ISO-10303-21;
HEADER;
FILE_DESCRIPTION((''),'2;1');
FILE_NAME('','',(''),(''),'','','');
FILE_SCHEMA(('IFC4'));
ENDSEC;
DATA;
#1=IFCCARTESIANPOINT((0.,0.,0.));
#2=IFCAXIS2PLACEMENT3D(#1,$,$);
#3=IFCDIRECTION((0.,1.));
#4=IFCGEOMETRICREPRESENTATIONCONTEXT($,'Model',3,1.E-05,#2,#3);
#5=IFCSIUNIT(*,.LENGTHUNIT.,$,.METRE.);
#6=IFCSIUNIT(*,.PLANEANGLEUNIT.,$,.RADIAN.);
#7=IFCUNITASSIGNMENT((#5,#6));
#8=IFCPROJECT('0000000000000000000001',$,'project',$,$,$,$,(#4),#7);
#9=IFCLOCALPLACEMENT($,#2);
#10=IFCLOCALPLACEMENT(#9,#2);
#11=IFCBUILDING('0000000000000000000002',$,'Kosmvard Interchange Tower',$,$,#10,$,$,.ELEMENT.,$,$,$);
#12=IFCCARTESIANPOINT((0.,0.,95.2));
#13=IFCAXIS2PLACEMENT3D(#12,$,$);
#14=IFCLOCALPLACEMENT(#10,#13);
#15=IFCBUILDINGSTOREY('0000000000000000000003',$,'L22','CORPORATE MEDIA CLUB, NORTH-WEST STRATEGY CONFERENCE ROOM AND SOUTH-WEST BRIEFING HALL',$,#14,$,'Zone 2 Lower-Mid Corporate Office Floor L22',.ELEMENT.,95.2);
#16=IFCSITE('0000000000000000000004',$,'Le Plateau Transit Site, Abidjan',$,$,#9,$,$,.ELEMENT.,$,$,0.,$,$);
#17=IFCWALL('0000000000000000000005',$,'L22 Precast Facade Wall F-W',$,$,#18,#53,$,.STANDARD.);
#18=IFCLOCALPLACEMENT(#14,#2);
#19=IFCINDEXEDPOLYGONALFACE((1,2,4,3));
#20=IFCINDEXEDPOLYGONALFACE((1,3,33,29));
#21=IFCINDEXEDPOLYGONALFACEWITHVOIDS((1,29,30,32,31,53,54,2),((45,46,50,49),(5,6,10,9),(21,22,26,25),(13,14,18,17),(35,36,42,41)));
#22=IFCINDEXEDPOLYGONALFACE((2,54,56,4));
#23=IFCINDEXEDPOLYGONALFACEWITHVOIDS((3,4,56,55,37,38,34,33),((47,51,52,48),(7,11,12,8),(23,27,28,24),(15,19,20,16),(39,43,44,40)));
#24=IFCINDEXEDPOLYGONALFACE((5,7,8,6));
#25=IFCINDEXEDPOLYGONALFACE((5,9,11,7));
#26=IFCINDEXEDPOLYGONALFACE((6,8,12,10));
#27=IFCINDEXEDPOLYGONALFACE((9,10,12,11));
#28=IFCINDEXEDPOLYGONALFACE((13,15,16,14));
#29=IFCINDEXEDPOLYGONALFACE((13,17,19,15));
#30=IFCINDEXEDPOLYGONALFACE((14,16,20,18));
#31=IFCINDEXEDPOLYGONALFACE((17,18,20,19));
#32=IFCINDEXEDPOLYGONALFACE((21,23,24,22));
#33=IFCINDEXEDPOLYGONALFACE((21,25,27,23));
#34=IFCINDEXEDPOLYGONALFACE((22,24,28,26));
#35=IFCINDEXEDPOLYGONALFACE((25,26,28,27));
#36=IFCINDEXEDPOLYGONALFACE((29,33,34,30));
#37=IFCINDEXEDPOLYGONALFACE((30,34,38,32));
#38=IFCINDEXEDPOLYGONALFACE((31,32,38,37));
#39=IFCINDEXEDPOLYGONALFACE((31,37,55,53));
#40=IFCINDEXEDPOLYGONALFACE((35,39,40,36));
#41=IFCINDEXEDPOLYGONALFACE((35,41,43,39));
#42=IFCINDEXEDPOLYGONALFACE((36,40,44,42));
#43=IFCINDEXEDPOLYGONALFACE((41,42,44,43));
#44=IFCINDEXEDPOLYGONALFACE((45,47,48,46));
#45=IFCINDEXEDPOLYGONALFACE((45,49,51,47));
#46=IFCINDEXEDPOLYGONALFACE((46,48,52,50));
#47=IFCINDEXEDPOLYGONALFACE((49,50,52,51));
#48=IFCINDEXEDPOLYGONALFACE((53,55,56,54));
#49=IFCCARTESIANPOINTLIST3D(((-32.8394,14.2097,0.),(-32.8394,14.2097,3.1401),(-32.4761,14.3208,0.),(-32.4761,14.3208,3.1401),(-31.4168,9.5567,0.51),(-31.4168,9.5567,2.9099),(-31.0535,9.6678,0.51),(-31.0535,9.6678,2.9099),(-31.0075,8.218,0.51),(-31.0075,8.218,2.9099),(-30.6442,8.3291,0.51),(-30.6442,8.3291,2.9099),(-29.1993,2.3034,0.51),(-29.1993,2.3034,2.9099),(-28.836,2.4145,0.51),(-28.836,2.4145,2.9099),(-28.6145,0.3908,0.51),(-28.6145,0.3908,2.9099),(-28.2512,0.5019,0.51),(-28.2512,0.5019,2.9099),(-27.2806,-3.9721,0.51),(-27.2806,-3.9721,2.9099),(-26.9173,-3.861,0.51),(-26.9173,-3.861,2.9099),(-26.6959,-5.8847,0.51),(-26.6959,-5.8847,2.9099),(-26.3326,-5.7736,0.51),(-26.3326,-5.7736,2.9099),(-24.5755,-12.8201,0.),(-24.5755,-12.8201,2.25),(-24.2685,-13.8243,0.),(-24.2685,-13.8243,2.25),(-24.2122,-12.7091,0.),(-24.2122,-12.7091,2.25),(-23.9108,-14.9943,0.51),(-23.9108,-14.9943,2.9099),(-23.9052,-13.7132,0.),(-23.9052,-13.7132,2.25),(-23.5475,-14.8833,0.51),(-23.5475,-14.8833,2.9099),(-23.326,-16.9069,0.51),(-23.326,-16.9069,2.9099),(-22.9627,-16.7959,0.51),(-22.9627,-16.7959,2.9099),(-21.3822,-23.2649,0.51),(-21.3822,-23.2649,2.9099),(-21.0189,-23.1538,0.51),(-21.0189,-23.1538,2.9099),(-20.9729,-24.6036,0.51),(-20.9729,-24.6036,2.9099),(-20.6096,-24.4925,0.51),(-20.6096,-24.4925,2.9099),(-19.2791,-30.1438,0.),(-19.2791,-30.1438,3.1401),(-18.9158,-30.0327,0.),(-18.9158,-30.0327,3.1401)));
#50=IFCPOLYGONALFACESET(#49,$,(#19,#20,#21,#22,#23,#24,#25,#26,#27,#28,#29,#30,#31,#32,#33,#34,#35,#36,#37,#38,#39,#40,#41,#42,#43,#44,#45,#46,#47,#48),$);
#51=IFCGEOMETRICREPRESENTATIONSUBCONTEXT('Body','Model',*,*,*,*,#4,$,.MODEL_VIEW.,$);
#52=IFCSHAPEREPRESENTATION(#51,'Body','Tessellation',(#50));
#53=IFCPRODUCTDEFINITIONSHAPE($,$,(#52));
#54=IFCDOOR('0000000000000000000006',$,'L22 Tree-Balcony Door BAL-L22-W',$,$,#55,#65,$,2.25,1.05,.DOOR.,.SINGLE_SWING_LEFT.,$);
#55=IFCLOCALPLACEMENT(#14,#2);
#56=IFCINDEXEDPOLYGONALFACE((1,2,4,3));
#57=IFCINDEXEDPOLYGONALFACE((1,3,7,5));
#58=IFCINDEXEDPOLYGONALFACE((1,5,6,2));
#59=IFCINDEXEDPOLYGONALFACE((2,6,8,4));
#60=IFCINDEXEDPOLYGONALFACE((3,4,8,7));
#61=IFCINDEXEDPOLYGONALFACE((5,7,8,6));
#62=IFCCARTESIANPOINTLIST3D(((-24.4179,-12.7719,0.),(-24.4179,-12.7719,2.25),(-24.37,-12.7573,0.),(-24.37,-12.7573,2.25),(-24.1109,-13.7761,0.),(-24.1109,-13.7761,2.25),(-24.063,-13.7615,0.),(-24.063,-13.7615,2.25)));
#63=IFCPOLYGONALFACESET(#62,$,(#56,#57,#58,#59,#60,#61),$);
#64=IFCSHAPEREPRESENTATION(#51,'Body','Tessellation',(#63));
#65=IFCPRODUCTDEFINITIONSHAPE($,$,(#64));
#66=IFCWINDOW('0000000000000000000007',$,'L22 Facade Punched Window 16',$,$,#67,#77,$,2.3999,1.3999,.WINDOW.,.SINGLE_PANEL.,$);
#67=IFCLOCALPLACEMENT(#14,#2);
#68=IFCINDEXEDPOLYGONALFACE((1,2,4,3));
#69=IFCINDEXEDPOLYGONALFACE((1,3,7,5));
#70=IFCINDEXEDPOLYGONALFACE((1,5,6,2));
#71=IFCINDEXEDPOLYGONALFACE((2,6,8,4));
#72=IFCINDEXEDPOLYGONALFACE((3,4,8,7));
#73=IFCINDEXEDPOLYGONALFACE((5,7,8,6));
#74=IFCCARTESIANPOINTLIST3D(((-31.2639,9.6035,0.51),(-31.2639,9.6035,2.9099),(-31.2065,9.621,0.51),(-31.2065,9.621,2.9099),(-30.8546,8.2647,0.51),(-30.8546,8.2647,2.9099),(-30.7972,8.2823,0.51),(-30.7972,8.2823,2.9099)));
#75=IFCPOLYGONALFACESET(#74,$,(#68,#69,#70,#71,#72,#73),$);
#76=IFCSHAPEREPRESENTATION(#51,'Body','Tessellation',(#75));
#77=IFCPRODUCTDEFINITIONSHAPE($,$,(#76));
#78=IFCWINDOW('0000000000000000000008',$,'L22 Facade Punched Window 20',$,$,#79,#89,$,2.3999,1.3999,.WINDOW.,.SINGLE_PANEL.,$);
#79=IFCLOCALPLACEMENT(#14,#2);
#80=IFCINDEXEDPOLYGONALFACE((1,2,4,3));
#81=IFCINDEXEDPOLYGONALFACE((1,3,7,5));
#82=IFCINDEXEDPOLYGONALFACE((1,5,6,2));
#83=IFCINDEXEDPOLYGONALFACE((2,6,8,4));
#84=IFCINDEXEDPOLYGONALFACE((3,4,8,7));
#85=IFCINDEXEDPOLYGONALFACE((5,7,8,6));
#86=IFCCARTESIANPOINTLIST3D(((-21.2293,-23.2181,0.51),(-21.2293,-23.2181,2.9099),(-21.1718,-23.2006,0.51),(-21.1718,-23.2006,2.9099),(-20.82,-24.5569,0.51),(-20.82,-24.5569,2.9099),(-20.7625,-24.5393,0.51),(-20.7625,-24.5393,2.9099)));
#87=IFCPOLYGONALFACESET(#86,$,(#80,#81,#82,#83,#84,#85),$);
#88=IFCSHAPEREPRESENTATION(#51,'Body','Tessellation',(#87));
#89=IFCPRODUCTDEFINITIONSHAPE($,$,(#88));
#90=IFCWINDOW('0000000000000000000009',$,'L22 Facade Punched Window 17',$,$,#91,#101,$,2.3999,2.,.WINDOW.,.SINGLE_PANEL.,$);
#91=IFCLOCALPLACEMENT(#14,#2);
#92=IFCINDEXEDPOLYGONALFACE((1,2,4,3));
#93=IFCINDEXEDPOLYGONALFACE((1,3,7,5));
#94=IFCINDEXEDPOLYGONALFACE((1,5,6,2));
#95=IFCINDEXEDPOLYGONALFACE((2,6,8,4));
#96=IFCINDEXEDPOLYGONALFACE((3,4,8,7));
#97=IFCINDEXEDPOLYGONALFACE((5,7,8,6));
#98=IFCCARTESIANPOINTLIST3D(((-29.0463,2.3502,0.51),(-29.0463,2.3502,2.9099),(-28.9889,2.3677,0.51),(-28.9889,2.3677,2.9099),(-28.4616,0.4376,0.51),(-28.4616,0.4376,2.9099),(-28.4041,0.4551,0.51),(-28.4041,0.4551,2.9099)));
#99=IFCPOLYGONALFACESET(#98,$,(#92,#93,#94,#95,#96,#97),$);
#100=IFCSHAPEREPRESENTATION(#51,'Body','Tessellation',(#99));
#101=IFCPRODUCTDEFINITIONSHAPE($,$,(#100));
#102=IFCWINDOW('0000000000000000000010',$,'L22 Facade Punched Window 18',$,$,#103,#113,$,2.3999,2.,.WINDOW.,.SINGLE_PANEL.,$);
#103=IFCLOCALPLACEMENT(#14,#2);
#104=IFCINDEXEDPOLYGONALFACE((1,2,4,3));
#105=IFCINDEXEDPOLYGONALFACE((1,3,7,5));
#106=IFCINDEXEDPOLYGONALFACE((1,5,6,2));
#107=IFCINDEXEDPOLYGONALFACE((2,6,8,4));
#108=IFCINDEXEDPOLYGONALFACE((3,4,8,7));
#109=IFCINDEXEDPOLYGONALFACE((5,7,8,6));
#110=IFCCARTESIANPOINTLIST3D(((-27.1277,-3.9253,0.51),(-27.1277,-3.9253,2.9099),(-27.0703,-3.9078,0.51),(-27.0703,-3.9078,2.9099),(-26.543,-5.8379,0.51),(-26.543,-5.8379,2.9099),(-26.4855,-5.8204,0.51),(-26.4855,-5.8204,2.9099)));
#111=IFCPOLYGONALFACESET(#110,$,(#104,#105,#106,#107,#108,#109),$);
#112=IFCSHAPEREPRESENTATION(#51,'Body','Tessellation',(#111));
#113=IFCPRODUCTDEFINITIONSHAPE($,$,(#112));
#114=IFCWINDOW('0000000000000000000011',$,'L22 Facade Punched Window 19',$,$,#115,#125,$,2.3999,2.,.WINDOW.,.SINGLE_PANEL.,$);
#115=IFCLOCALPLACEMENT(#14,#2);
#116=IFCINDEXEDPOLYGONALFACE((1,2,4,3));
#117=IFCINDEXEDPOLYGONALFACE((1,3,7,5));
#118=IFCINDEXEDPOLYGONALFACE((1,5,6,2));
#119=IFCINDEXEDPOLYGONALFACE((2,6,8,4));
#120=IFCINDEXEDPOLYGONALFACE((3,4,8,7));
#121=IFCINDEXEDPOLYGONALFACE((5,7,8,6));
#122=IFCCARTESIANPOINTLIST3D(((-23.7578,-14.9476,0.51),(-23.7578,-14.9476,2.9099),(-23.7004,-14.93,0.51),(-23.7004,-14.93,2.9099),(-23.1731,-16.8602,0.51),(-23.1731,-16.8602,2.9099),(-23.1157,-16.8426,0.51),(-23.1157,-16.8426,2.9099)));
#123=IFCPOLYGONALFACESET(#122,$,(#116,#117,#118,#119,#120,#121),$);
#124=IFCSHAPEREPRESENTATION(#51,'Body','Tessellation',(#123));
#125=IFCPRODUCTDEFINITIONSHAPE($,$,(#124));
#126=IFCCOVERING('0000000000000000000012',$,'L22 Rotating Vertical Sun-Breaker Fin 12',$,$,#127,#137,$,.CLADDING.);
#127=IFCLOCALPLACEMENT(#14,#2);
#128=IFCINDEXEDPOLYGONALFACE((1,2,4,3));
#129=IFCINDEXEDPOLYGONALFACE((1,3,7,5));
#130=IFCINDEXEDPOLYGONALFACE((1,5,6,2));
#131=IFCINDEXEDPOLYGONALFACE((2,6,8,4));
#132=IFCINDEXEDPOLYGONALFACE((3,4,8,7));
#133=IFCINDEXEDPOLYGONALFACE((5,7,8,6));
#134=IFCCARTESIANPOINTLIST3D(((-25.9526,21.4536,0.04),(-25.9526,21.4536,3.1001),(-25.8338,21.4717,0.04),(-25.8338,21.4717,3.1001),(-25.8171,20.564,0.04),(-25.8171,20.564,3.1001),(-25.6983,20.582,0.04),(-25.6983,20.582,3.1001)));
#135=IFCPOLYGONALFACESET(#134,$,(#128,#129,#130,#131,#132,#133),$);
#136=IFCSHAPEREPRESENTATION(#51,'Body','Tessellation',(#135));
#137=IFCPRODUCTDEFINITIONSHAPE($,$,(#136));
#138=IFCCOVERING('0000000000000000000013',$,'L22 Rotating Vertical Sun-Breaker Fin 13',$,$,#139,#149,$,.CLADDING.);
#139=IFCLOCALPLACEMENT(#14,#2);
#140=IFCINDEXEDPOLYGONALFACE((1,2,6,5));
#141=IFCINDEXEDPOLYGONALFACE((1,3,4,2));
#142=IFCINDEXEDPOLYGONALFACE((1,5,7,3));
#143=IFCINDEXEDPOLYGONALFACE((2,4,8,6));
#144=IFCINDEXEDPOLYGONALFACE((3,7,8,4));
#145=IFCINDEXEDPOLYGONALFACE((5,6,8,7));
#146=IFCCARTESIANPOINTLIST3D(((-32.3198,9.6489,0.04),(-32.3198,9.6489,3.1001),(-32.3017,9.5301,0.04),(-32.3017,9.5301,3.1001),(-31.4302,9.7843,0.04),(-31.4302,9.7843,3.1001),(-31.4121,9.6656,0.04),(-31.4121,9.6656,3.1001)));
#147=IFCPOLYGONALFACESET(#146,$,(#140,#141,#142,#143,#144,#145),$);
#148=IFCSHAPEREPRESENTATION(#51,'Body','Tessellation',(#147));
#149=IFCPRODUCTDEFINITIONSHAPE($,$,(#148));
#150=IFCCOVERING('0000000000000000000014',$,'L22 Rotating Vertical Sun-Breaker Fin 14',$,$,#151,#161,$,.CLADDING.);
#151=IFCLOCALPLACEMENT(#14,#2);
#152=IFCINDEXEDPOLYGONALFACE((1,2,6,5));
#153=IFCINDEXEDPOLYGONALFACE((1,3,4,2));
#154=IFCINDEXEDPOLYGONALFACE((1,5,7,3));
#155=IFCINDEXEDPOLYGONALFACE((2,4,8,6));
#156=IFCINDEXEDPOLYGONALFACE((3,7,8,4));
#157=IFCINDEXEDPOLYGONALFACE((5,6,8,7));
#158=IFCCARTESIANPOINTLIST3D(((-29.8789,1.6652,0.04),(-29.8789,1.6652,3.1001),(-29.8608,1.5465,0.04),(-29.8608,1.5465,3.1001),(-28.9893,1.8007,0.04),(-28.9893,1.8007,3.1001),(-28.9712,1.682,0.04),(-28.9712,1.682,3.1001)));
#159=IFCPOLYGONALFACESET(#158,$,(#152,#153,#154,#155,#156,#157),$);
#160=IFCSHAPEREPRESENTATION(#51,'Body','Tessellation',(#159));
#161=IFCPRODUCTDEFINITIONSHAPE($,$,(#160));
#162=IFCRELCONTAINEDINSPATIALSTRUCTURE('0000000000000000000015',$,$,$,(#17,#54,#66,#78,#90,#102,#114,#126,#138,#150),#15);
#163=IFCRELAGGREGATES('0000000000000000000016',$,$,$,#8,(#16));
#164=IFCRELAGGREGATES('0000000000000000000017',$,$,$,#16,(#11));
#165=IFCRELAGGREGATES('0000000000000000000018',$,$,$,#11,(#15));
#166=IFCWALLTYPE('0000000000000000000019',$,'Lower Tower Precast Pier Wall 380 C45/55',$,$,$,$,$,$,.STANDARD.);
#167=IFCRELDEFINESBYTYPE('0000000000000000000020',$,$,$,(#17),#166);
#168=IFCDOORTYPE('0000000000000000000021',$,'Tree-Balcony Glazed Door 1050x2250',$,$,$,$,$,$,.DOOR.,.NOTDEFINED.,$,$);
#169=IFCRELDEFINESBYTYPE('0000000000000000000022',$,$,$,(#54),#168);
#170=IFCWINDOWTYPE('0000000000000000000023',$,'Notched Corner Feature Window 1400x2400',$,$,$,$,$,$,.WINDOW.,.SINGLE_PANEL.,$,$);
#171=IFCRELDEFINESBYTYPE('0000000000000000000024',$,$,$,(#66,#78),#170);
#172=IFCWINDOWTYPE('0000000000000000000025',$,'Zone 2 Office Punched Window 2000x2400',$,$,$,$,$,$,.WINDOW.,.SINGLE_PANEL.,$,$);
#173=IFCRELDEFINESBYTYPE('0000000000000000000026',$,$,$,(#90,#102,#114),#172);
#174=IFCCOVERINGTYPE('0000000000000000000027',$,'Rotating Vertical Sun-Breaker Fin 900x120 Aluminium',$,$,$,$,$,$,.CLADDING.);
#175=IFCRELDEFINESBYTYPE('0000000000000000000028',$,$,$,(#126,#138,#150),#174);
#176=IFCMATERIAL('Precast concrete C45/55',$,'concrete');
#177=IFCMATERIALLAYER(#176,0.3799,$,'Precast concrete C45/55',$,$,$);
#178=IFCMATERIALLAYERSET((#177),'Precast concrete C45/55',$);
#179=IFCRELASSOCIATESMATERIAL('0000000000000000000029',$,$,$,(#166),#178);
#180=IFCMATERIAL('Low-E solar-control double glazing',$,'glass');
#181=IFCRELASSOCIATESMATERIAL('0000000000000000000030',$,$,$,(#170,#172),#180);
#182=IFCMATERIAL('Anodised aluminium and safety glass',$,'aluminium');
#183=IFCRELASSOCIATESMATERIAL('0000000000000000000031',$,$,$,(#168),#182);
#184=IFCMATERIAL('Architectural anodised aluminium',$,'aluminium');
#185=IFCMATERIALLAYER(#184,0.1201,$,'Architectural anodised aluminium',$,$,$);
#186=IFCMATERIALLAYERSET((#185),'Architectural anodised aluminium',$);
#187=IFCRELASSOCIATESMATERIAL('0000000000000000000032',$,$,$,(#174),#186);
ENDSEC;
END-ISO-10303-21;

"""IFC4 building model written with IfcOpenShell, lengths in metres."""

from ifc_helpers import new_model, si_unit, direction, frame, frame_2d, origin, origin_2d, place, context, subcontext, project, spatial, rectangle, extrude, source, transform, mapped, material, layer, layer_set, type_object, element, fill, save


model = new_model("IFC4")

# Units and contexts
model_context = context("Model", 3, precision=1e-05, world=origin(), true_north=direction((0.0, 1.0)))
body_context = subcontext(model_context, "Body", "Model", "MODEL_VIEW")
ifc_project = project(units=[si_unit("LENGTHUNIT", "METRE"), si_unit("PLANEANGLEUNIT", "RADIAN")], contexts=[model_context])

# Site, building, storey
site_placement = place(None, origin())
site = spatial("IfcSite", under=ifc_project, at=site_placement, Name="Le Plateau Transit Site, Abidjan", CompositionType="ELEMENT", RefElevation=0.0)
building_placement = place(site_placement, origin())
building = spatial("IfcBuilding", under=site, at=building_placement, Name="Kosmvard Interchange Tower", CompositionType="ELEMENT")
storey_placement = place(building_placement, frame((0.0, 0.0, 95.2)))
storey = spatial("IfcBuildingStorey", under=building, at=storey_placement, Name="L22", Description="CORPORATE MEDIA CLUB, NORTH-WEST STRATEGY CONFERENCE ROOM AND SOUTH-WEST BRIEFING HALL", LongName="Zone 2 Lower-Mid Corporate Office Floor L22", CompositionType="ELEMENT", Elevation=95.2)

# Shared definitions
ifc_material_1 = material(Name="Precast concrete C45/55", Category="concrete")

# Shared definitions
ifc_layer_1 = layer(ifc_material_1, 0.3799, Name="Precast concrete C45/55")
ifc_layer_set_1 = layer_set([ifc_layer_1], Name="Precast concrete C45/55")
wall_type = type_object("IfcWallType", Name="Lower Tower Precast Pier Wall 380 C45/55", PredefinedType="STANDARD", material=ifc_layer_set_1)

# Shared definitions
ifc_material_2 = material(Name="Low-E solar-control double glazing", Category="glass")
window_type_1 = type_object("IfcWindowType", Name="Notched Corner Feature Window 1400x2400", PartitioningType="SINGLE_PANEL", PredefinedType="WINDOW", material=ifc_material_2)
shared_shape_1 = source(origin(), body_context, "Body", "SweptSolid", [
    extrude(rectangle(XDim=1.3999, YDim=2.3999, at=frame_2d((0.7, 1.2))), frame((0.0, 0.03, 0.0), z_axis=(0.0, -1.0, 0.0), x_axis=(1.0, 0.0, 0.0)), (0.0, 0.0, 1.0), 0.0601),
])

# Wall, openings, door, windows
wall_1_placement = place(storey_placement, frame((-32.6577, 14.2651, 0.0), z_axis=(0.0, 0.0, 1.0), x_axis=(0.292373, -0.956304, 0.0)))
wall_1 = element("IfcWall", 1, at=wall_1_placement, inside=storey, type_object=wall_type, Name="L22 Precast Facade Wall F-W", PredefinedType="STANDARD", context=body_context, shape_type="SweptSolid", body=[
    extrude(rectangle(XDim=46.3801, YDim=0.3799, at=frame_2d((23.1899, 0.0))), origin(), (0.0, 0.0, 1.0), 3.1401),
])
opening_1_placement = place(wall_1_placement, frame((28.2649, 0.0, 0.0)))
opening_1 = element("IfcOpeningElement", 2, at=opening_1_placement, cuts=wall_1, PredefinedType="OPENING", context=body_context, shape_type="SweptSolid", body=[
    extrude(rectangle(XDim=1.05, YDim=2.25, at=frame_2d((0.5249, 1.125))), frame((0.0, 0.2, 0.0), z_axis=(0.0, -1.0, 0.0), x_axis=(1.0, 0.0, 0.0)), (0.0, 0.0, 1.0), 0.3999),
])
opening_2_placement = place(wall_1_placement, frame((4.8655, 0.0, 0.51)))
opening_2 = element("IfcOpeningElement", 3, at=opening_2_placement, cuts=wall_1, PredefinedType="OPENING", context=body_context, shape_type="SweptSolid", body=[
    extrude(rectangle(XDim=1.3999, YDim=2.3999, at=frame_2d((0.7, 1.2))), frame((0.0, 0.2, 0.0), z_axis=(0.0, -1.0, 0.0), x_axis=(1.0, 0.0, 0.0)), (0.0, 0.0, 1.0), 0.3999),
])
opening_3_placement = place(wall_1_placement, frame((12.4502, 0.0, 0.51)))
opening_3 = element("IfcOpeningElement", 4, at=opening_3_placement, cuts=wall_1, PredefinedType="OPENING", context=body_context, shape_type="SweptSolid", body=[
    extrude(rectangle(XDim=2.0, YDim=2.3999, at=frame_2d((1.0, 1.2))), frame((0.0, 0.2, 0.0), z_axis=(0.0, -1.0, 0.0), x_axis=(1.0, 0.0, 0.0)), (0.0, 0.0, 1.0), 0.3999),
])
opening_4_placement = place(wall_1_placement, frame((19.0125, 0.0, 0.51)))
opening_4 = element("IfcOpeningElement", 5, at=opening_4_placement, cuts=wall_1, PredefinedType="OPENING", context=body_context, shape_type="SweptSolid", body=[
    extrude(rectangle(XDim=2.0, YDim=2.3999, at=frame_2d((1.0, 1.2))), frame((0.0, 0.2, 0.0), z_axis=(0.0, -1.0, 0.0), x_axis=(1.0, 0.0, 0.0)), (0.0, 0.0, 1.0), 0.3999),
])
opening_5_placement = place(wall_1_placement, frame((30.5383, 0.0, 0.51)))
opening_5 = element("IfcOpeningElement", 6, at=opening_5_placement, cuts=wall_1, PredefinedType="OPENING", context=body_context, shape_type="SweptSolid", body=[
    extrude(rectangle(XDim=2.0, YDim=2.3999, at=frame_2d((1.0, 1.2))), frame((0.0, 0.2, 0.0), z_axis=(0.0, -1.0, 0.0), x_axis=(1.0, 0.0, 0.0)), (0.0, 0.0, 1.0), 0.3999),
])
opening_6_placement = place(wall_1_placement, frame((39.1868, 0.0, 0.51)))
opening_6 = element("IfcOpeningElement", 7, at=opening_6_placement, cuts=wall_1, PredefinedType="OPENING", context=body_context, shape_type="SweptSolid", body=[
    extrude(rectangle(XDim=1.3999, YDim=2.3999, at=frame_2d((0.7, 1.2))), frame((0.0, 0.2, 0.0), z_axis=(0.0, -1.0, 0.0), x_axis=(1.0, 0.0, 0.0)), (0.0, 0.0, 1.0), 0.3999),
])
ifc_material_3 = material(Name="Anodised aluminium and safety glass", Category="aluminium")
door_type = type_object("IfcDoorType", Name="Tree-Balcony Glazed Door 1050x2250", OperationType="NOTDEFINED", PredefinedType="DOOR", material=ifc_material_3)
shared_shape_2 = source(origin(), body_context, "Body", "SweptSolid", [
    extrude(rectangle(XDim=1.05, YDim=2.25, at=frame_2d((0.5249, 1.125))), frame((0.0, 0.0249, 0.0), z_axis=(0.0, -1.0, 0.0), x_axis=(1.0, 0.0, 0.0)), (0.0, 0.0, 1.0), 0.05),
])
door_placement = place(opening_1_placement, origin())
door = element("IfcDoor", 8, at=door_placement, inside=storey, type_object=door_type, Name="L22 Tree-Balcony Door BAL-L22-W", OperationType="SINGLE_SWING_LEFT", OverallHeight=2.25, OverallWidth=1.05, PredefinedType="DOOR", context=body_context, shape_type="MappedRepresentation", body=[
    mapped(shared_shape_2, transform((0.0, 0.0, 0.0), scale=1.0)),
])
fill(opening_1, door)
window_1_placement = place(opening_2_placement, origin())
window_1 = element("IfcWindow", 9, at=window_1_placement, inside=storey, type_object=window_type_1, Name="L22 Facade Punched Window 16", OverallHeight=2.3999, OverallWidth=1.3999, PartitioningType="SINGLE_PANEL", PredefinedType="WINDOW", context=body_context, shape_type="MappedRepresentation", body=[
    mapped(shared_shape_1, transform((0.0, 0.0, 0.0), scale=1.0)),
])
fill(opening_2, window_1)
window_2_placement = place(opening_6_placement, origin())
window_2 = element("IfcWindow", 10, at=window_2_placement, inside=storey, type_object=window_type_1, Name="L22 Facade Punched Window 20", OverallHeight=2.3999, OverallWidth=1.3999, PartitioningType="SINGLE_PANEL", PredefinedType="WINDOW", context=body_context, shape_type="MappedRepresentation", body=[
    mapped(shared_shape_1, transform((0.0, 0.0, 0.0), scale=1.0)),
])
fill(opening_6, window_2)
window_type_2 = type_object("IfcWindowType", Name="Zone 2 Office Punched Window 2000x2400", PartitioningType="SINGLE_PANEL", PredefinedType="WINDOW", material=ifc_material_2)
shared_shape_3 = source(origin(), body_context, "Body", "SweptSolid", [
    extrude(rectangle(XDim=2.0, YDim=2.3999, at=frame_2d((1.0, 1.2))), frame((0.0, 0.03, 0.0), z_axis=(0.0, -1.0, 0.0), x_axis=(1.0, 0.0, 0.0)), (0.0, 0.0, 1.0), 0.0601),
])
window_3_placement = place(opening_3_placement, origin())
window_3 = element("IfcWindow", 11, at=window_3_placement, inside=storey, type_object=window_type_2, Name="L22 Facade Punched Window 17", OverallHeight=2.3999, OverallWidth=2.0, PartitioningType="SINGLE_PANEL", PredefinedType="WINDOW", context=body_context, shape_type="MappedRepresentation", body=[
    mapped(shared_shape_3, transform((0.0, 0.0, 0.0), scale=1.0)),
])
fill(opening_3, window_3)
window_4_placement = place(opening_4_placement, origin())
window_4 = element("IfcWindow", 12, at=window_4_placement, inside=storey, type_object=window_type_2, Name="L22 Facade Punched Window 18", OverallHeight=2.3999, OverallWidth=2.0, PartitioningType="SINGLE_PANEL", PredefinedType="WINDOW", context=body_context, shape_type="MappedRepresentation", body=[
    mapped(shared_shape_3, transform((0.0, 0.0, 0.0), scale=1.0)),
])
fill(opening_4, window_4)
window_5_placement = place(opening_5_placement, origin())
window_5 = element("IfcWindow", 13, at=window_5_placement, inside=storey, type_object=window_type_2, Name="L22 Facade Punched Window 19", OverallHeight=2.3999, OverallWidth=2.0, PartitioningType="SINGLE_PANEL", PredefinedType="WINDOW", context=body_context, shape_type="MappedRepresentation", body=[
    mapped(shared_shape_3, transform((0.0, 0.0, 0.0), scale=1.0)),
])
fill(opening_5, window_5)

# Coverings
ifc_material_4 = material(Name="Architectural anodised aluminium", Category="aluminium")
ifc_layer_2 = layer(ifc_material_4, 0.1201, Name="Architectural anodised aluminium")
ifc_layer_set_2 = layer_set([ifc_layer_2], Name="Architectural anodised aluminium")
covering_type = type_object("IfcCoveringType", Name="Rotating Vertical Sun-Breaker Fin 900x120 Aluminium", PredefinedType="CLADDING", material=ifc_layer_set_2)
shared_shape_4 = source(origin(), body_context, "Body", "SweptSolid", [
    extrude(rectangle(XDim=0.8999, YDim=0.1201, at=origin_2d()), origin(), (0.0, 0.0, 1.0), 3.0601),
])
for number, where, z_axis, x_axis, name in (
    (14, (-25.8254, 21.0178, 0.04), (0.0, 0.0, 1.0), (-0.150571, 0.988599, 0.0), "L22 Rotating Vertical Sun-Breaker Fin 12"),
    (15, (-31.866, 9.6572, 0.04), (0.0, 0.0, 1.0), (-0.988599, -0.150571, 0.0), "L22 Rotating Vertical Sun-Breaker Fin 13"),
    (16, (-29.425, 1.6736, 0.04), (0.0, 0.0, 1.0), (-0.988599, -0.150571, 0.0), "L22 Rotating Vertical Sun-Breaker Fin 14"),
):
    element("IfcCovering", number, at=place(storey_placement, frame(where, z_axis=z_axis, x_axis=x_axis)), inside=storey, type_object=covering_type, Name=name, PredefinedType="CLADDING", context=body_context, shape_type="MappedRepresentation", body=[
        mapped(shared_shape_4, transform((0.0, 0.0, 0.0), scale=1.0)),
    ])

save(model, "model.ifc")
